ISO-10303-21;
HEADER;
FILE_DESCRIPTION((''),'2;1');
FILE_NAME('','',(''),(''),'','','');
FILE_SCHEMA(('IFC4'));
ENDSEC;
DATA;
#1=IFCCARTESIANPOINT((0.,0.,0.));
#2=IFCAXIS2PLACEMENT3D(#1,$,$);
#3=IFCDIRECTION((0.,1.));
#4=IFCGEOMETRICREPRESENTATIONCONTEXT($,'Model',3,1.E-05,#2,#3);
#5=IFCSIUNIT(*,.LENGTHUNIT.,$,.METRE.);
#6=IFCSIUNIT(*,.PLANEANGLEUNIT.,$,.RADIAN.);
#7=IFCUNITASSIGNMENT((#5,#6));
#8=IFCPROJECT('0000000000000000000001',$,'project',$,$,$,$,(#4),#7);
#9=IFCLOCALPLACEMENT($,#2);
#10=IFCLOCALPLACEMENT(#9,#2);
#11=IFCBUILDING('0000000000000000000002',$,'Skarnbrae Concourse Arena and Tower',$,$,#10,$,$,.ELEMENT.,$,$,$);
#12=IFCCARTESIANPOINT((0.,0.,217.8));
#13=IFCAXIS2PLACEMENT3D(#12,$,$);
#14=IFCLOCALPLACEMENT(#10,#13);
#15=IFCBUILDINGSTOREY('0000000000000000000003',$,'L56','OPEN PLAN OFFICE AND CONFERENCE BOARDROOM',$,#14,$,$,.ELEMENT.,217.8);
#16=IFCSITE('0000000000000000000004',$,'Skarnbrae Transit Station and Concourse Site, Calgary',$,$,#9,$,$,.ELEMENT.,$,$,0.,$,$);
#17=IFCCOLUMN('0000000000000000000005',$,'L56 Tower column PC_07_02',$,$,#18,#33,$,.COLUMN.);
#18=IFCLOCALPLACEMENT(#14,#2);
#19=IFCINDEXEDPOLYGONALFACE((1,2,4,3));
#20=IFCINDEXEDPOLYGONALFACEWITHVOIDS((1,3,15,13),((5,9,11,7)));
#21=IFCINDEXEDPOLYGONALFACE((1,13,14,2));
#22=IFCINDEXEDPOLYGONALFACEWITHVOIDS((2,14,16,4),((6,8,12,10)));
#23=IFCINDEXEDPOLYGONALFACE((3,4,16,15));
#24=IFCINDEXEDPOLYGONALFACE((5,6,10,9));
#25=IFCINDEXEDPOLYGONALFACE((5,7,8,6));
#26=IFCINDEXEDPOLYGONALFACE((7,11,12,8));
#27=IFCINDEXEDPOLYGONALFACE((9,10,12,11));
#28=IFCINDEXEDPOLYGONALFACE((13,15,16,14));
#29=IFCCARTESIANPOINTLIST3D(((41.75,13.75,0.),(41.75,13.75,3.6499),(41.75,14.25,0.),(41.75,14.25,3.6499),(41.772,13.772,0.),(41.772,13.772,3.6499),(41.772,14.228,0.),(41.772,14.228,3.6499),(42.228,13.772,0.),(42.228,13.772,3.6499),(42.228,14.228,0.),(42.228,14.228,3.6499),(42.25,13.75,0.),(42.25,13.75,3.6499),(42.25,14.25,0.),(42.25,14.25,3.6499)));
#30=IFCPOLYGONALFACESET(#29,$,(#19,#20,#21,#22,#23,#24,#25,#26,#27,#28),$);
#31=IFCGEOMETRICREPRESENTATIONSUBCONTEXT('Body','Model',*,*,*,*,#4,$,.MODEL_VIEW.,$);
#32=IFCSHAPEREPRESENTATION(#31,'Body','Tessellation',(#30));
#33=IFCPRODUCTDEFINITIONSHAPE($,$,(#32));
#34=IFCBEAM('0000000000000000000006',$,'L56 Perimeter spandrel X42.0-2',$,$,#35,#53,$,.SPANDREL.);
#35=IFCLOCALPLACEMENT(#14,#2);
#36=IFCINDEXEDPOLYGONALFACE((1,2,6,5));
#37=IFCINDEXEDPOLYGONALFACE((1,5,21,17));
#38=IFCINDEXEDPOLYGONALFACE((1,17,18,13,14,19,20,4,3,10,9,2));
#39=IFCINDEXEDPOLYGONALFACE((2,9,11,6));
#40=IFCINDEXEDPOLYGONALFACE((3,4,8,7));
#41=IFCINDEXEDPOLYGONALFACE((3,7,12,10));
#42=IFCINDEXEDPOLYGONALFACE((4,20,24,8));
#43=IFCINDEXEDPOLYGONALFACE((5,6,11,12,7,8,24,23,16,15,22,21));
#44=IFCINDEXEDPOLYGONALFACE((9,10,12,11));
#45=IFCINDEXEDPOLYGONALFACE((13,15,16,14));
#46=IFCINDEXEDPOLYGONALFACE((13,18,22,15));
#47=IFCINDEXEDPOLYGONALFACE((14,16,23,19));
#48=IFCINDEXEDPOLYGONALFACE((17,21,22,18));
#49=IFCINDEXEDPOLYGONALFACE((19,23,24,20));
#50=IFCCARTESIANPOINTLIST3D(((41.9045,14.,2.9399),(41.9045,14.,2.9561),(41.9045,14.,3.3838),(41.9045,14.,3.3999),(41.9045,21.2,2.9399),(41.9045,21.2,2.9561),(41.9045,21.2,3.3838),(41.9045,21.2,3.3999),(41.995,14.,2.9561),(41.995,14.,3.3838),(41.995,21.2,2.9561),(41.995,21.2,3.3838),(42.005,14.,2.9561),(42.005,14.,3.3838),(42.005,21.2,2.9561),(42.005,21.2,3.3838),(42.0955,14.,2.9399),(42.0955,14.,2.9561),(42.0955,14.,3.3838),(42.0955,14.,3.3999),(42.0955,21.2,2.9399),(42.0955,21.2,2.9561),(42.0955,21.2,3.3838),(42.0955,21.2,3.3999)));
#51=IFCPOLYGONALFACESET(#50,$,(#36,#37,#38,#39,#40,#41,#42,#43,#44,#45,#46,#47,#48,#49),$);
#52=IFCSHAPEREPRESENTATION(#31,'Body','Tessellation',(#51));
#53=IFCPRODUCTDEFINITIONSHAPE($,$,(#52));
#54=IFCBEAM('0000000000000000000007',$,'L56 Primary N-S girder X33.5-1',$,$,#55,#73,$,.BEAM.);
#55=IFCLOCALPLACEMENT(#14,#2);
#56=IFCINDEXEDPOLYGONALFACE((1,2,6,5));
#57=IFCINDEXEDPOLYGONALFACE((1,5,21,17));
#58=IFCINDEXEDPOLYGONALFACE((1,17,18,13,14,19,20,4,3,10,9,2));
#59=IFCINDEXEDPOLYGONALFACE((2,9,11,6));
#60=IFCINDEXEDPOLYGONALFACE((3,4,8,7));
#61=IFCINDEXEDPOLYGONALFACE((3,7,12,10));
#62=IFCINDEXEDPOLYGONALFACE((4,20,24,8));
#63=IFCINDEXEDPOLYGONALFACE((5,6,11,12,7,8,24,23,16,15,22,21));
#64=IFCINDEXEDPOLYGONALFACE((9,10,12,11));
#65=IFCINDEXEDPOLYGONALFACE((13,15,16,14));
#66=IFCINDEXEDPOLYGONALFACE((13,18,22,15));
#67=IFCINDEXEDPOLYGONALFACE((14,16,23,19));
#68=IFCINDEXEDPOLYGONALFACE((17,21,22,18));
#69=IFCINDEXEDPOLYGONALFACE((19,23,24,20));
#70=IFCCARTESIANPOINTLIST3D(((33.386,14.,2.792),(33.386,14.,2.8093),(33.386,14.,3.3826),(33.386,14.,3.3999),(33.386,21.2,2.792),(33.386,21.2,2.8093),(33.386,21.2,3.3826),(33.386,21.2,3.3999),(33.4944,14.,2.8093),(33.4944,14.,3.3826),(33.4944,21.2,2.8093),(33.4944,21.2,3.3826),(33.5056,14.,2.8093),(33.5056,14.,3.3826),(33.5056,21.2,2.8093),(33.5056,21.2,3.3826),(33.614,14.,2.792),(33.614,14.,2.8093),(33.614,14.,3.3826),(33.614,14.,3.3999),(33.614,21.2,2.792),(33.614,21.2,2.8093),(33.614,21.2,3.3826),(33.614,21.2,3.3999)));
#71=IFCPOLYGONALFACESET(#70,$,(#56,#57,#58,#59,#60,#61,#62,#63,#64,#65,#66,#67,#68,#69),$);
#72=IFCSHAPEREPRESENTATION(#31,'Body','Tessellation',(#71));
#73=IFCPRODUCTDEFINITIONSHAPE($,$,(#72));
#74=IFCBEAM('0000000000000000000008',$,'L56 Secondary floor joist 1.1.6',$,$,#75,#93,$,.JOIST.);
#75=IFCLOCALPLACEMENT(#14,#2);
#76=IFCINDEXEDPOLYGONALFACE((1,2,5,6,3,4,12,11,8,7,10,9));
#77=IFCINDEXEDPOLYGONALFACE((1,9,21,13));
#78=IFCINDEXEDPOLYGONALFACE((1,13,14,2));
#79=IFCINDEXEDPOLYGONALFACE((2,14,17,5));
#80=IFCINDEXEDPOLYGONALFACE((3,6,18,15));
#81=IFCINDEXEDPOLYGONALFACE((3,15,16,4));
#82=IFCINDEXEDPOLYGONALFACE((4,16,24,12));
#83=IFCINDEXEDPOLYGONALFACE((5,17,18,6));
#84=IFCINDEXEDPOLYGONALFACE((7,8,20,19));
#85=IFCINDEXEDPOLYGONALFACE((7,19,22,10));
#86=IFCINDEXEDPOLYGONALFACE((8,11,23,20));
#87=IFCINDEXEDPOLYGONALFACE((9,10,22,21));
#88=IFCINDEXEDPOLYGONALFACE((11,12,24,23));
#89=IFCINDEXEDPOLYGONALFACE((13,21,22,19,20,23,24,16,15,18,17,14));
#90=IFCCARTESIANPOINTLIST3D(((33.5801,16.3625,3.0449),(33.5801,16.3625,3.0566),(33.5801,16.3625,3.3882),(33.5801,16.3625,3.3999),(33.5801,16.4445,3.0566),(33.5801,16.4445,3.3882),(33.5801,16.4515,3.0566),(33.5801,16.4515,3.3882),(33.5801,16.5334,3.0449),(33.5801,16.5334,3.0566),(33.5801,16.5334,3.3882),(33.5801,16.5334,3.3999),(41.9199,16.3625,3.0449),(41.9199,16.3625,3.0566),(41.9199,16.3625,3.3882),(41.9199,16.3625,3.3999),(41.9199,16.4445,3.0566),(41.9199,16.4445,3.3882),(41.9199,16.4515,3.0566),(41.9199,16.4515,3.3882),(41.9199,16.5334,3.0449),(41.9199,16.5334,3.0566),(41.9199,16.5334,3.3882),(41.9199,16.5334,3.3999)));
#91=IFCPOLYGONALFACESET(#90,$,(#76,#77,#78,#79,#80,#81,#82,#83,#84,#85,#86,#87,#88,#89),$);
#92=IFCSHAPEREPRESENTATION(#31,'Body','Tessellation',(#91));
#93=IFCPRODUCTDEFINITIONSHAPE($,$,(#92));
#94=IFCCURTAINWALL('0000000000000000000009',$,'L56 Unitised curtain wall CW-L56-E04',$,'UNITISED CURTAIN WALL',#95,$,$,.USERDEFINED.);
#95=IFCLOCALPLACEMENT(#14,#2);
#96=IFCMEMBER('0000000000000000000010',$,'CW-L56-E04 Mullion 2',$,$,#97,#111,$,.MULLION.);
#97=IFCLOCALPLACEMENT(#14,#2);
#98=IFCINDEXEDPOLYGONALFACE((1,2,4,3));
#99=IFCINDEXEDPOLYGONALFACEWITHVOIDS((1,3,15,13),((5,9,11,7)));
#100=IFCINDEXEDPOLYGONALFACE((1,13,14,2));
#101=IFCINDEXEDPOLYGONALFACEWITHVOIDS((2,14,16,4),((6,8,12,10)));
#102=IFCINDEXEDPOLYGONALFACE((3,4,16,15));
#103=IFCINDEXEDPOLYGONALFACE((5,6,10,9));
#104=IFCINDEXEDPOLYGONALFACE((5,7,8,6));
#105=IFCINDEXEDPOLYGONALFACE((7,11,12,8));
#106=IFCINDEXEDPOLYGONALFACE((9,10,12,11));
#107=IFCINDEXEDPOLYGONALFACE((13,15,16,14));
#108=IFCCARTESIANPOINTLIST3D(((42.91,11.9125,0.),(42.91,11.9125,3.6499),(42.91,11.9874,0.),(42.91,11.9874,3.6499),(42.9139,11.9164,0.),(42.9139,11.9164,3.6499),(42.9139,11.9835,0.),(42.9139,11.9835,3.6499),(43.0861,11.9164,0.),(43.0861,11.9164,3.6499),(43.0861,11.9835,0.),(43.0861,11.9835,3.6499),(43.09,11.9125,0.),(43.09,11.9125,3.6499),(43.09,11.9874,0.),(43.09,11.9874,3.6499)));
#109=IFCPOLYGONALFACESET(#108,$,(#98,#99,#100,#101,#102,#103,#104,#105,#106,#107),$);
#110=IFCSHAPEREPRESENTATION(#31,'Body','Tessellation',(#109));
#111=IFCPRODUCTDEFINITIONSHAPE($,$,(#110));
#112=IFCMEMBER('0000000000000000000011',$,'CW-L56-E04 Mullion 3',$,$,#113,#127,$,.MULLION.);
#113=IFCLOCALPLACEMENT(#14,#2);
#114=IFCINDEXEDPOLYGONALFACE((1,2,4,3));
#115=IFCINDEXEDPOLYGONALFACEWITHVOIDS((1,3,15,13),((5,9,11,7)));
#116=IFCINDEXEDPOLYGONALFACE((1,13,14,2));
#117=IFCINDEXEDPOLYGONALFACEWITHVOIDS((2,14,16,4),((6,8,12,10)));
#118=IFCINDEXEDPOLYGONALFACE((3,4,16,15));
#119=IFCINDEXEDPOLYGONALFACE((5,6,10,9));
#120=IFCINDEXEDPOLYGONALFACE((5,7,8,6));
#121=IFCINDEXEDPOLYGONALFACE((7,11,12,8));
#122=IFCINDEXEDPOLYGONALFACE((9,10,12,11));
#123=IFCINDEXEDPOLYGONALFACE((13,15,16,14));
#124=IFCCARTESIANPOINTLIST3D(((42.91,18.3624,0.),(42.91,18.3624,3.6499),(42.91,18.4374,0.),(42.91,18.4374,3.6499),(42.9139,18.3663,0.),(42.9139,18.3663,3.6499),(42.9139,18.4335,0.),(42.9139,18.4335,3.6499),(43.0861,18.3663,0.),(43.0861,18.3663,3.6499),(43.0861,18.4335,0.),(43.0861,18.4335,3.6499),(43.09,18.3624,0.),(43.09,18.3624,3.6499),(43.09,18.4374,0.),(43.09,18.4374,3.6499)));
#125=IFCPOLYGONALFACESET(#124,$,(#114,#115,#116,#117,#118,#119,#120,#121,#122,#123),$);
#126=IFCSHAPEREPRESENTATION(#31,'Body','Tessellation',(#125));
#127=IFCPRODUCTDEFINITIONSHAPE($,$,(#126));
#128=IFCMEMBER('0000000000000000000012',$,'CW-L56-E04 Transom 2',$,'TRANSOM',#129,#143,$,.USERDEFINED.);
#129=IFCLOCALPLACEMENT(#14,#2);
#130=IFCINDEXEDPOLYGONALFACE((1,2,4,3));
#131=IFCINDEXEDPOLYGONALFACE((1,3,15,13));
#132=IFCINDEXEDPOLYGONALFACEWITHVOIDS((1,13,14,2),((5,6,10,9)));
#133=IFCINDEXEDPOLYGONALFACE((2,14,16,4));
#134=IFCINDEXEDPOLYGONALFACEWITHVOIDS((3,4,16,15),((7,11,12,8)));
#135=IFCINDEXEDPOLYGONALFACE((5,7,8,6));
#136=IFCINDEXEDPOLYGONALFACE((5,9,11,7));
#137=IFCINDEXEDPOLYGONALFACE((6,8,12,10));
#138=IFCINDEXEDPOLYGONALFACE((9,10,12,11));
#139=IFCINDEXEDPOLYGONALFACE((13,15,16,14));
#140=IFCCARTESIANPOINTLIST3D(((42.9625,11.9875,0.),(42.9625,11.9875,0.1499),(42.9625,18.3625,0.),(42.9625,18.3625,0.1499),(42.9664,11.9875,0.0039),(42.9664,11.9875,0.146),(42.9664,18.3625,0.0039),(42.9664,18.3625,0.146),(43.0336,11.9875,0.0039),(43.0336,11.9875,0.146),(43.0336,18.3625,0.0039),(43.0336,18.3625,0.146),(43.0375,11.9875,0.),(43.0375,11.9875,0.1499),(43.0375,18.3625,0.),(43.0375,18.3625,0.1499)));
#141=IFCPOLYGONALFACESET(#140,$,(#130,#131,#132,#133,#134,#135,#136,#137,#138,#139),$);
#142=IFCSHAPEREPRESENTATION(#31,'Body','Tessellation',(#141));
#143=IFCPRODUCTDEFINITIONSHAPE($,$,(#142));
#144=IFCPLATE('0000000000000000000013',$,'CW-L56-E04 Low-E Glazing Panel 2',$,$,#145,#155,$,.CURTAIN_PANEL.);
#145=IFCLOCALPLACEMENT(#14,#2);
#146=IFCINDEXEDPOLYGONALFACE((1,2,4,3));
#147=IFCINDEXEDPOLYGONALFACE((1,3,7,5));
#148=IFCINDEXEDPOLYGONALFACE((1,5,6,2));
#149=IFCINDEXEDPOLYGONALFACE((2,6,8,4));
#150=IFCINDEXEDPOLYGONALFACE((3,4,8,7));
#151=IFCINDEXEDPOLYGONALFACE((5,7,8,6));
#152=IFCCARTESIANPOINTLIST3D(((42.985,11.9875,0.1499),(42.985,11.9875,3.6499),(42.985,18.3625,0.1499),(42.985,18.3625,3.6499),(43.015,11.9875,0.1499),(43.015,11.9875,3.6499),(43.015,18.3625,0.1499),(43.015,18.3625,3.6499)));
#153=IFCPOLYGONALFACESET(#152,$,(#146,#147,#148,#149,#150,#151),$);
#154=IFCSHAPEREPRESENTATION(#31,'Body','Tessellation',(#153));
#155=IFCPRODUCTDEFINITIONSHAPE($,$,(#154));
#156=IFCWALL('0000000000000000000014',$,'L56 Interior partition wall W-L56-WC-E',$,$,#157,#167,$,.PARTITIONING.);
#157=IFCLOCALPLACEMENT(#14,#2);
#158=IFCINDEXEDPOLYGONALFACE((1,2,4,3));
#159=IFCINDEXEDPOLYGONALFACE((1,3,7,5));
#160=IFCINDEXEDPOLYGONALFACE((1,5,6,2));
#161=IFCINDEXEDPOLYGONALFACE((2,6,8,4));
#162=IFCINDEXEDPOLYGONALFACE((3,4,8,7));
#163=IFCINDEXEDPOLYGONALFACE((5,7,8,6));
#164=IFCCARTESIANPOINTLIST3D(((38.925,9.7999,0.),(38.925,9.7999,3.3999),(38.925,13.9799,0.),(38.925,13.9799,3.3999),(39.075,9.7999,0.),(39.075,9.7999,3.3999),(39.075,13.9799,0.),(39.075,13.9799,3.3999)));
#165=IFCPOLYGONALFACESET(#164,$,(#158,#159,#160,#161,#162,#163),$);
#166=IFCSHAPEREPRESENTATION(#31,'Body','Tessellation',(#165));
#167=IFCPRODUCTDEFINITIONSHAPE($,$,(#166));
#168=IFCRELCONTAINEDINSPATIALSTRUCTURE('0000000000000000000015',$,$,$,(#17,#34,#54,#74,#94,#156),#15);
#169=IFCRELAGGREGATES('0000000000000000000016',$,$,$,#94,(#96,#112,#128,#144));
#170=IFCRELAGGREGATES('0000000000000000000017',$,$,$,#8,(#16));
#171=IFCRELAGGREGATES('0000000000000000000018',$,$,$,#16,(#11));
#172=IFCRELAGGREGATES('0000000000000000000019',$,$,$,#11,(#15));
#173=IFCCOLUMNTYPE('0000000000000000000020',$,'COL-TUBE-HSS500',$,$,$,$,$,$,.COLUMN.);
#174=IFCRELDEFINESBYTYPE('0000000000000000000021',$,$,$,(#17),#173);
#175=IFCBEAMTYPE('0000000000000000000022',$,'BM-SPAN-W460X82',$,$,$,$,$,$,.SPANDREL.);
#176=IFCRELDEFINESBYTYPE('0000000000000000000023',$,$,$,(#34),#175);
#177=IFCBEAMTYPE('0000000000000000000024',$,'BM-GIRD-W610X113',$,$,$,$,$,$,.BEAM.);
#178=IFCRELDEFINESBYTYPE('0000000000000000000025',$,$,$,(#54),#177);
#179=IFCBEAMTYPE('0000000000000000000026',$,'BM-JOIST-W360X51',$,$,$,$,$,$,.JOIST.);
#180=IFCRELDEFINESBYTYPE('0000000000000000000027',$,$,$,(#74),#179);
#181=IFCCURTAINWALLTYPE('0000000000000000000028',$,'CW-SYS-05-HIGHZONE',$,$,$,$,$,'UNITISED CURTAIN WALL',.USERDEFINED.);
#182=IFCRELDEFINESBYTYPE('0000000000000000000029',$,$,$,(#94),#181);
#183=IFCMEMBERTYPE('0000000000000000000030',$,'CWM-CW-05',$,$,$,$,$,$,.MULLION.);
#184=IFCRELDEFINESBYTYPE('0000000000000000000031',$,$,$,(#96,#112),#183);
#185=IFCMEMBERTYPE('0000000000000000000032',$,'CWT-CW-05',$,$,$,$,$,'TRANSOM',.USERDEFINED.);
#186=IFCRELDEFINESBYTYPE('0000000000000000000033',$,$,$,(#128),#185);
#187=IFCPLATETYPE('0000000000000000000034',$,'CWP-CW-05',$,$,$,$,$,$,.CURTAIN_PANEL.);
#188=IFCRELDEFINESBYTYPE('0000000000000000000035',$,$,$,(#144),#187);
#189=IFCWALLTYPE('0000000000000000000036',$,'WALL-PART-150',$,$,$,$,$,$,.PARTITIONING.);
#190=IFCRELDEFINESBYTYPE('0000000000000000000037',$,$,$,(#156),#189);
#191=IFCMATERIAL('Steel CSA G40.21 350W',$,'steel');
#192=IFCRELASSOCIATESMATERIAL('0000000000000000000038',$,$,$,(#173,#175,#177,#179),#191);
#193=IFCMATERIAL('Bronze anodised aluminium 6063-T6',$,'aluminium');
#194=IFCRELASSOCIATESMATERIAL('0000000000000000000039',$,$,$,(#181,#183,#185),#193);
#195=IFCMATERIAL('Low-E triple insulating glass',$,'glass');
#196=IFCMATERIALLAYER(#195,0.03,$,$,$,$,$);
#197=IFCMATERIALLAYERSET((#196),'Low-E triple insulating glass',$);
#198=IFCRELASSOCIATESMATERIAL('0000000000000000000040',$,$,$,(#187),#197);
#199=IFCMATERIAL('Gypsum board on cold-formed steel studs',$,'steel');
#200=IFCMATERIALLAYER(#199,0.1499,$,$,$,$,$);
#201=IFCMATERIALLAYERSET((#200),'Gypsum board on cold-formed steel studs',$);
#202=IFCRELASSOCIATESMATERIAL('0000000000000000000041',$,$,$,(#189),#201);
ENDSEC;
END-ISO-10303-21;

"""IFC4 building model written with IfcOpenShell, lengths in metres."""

from ifc_helpers import new_model, si_unit, direction, frame, frame_2d, origin, origin_2d, place, context, subcontext, project, spatial, rectangle, hollow_rectangle, i_section, extrude, source, transform, mapped, material, layer, layer_set, material_profile, profile_set, type_object, element, aggregate, save


model = new_model("IFC4")

# Units and contexts
model_context = context("Model", 3, precision=1e-05, world=origin(), true_north=direction((0.0, 1.0)))
body_context = subcontext(model_context, "Body", "Model", "MODEL_VIEW")
ifc_project = project(units=[si_unit("LENGTHUNIT", "METRE"), si_unit("PLANEANGLEUNIT", "RADIAN")], contexts=[model_context])

# Site, building, storey
site_placement = place(None, origin())
site = spatial("IfcSite", under=ifc_project, at=site_placement, Name="Skarnbrae Transit Station and Concourse Site, Calgary", CompositionType="ELEMENT", RefElevation=0.0)
building_placement = place(site_placement, origin())
building = spatial("IfcBuilding", under=site, at=building_placement, Name="Skarnbrae Concourse Arena and Tower", CompositionType="ELEMENT")
storey_placement = place(building_placement, frame((0.0, 0.0, 217.8)))
storey = spatial("IfcBuildingStorey", under=building, at=storey_placement, Name="L56", Description="OPEN PLAN OFFICE AND CONFERENCE BOARDROOM", CompositionType="ELEMENT", Elevation=217.8)

# Column
ifc_material_1 = material(Name="Steel CSA G40.21 350W", Category="steel")
ifc_material_profile_1 = material_profile(ifc_material_1, hollow_rectangle(XDim=0.5, YDim=0.5, WallThickness=0.022, at=origin_2d()), Name="HSS500X500X22.0")
ifc_profile_set_1 = profile_set([ifc_material_profile_1], Name="Steel CSA G40.21 350W")
column_type = type_object("IfcColumnType", Name="COL-TUBE-HSS500", PredefinedType="COLUMN", material=ifc_profile_set_1)
shared_shape_1 = source(origin(), body_context, "Body", "SweptSolid", [
    extrude(hollow_rectangle(XDim=0.5, YDim=0.5, WallThickness=0.022, at=origin_2d()), origin(), (0.0, 0.0, 1.0), 3.6499),
])
column_placement = place(storey_placement, frame((42.0, 14.0, 0.0), z_axis=(0.0, 0.0, 1.0), x_axis=(1.0, 0.0, 0.0)))
element("IfcColumn", 1, at=column_placement, inside=storey, type_object=column_type, Name="L56 Tower column PC_07_02", PredefinedType="COLUMN", context=body_context, shape_type="MappedRepresentation", body=[
    mapped(shared_shape_1, transform((0.0, 0.0, 0.0))),
])

# Beams
ifc_material_profile_2 = material_profile(ifc_material_1, i_section(OverallWidth=0.1909, OverallDepth=0.46, WebThickness=0.01, FlangeThickness=0.0161, at=origin_2d()), Name="W460X82")
ifc_profile_set_2 = profile_set([ifc_material_profile_2], Name="Steel CSA G40.21 350W")
beam_type_1 = type_object("IfcBeamType", Name="BM-SPAN-W460X82", PredefinedType="SPANDREL", material=ifc_profile_set_2)
shared_shape_2 = source(origin(), body_context, "Body", "SweptSolid", [
    extrude(i_section(OverallWidth=0.1909, OverallDepth=0.46, WebThickness=0.01, FlangeThickness=0.0161, at=origin_2d()), origin(), (0.0, 0.0, 1.0), 7.2),
])
beam_1_placement = place(storey_placement, frame((42.0, 14.0, 3.1699), z_axis=(0.0, 1.0, 0.0), x_axis=(-1.0, 0.0, 0.0)))
element("IfcBeam", 2, at=beam_1_placement, inside=storey, type_object=beam_type_1, Name="L56 Perimeter spandrel X42.0-2", PredefinedType="SPANDREL", context=body_context, shape_type="MappedRepresentation", body=[
    mapped(shared_shape_2, transform((0.0, 0.0, 0.0))),
])
ifc_material_profile_3 = material_profile(ifc_material_1, i_section(OverallWidth=0.228, OverallDepth=0.6079, WebThickness=0.0112, FlangeThickness=0.0173, at=origin_2d()), Name="W610X113")
ifc_profile_set_3 = profile_set([ifc_material_profile_3], Name="Steel CSA G40.21 350W")
beam_type_2 = type_object("IfcBeamType", Name="BM-GIRD-W610X113", PredefinedType="BEAM", material=ifc_profile_set_3)
shared_shape_3 = source(origin(), body_context, "Body", "SweptSolid", [
    extrude(i_section(OverallWidth=0.228, OverallDepth=0.6079, WebThickness=0.0112, FlangeThickness=0.0173, at=origin_2d()), origin(), (0.0, 0.0, 1.0), 7.2),
])
beam_2_placement = place(storey_placement, frame((33.5, 14.0, 3.0959), z_axis=(0.0, 1.0, 0.0), x_axis=(-1.0, 0.0, 0.0)))
element("IfcBeam", 3, at=beam_2_placement, inside=storey, type_object=beam_type_2, Name="L56 Primary N-S girder X33.5-1", PredefinedType="BEAM", context=body_context, shape_type="MappedRepresentation", body=[
    mapped(shared_shape_3, transform((0.0, 0.0, 0.0))),
])
ifc_material_profile_4 = material_profile(ifc_material_1, i_section(OverallWidth=0.1709, OverallDepth=0.355, WebThickness=0.0071, FlangeThickness=0.0117, at=origin_2d()), Name="W360X51")
ifc_profile_set_4 = profile_set([ifc_material_profile_4], Name="Steel CSA G40.21 350W")
beam_type_3 = type_object("IfcBeamType", Name="BM-JOIST-W360X51", PredefinedType="JOIST", material=ifc_profile_set_4)
shared_shape_4 = source(origin(), body_context, "Body", "SweptSolid", [
    extrude(i_section(OverallWidth=0.1709, OverallDepth=0.355, WebThickness=0.0071, FlangeThickness=0.0117, at=origin_2d()), origin(), (0.0, 0.0, 1.0), 8.3398),
])
beam_3_placement = place(storey_placement, frame((33.5801, 16.448, 3.2224), z_axis=(1.0, 0.0, 0.0), x_axis=(0.0, 1.0, 0.0)))
element("IfcBeam", 4, at=beam_3_placement, inside=storey, type_object=beam_type_3, Name="L56 Secondary floor joist 1.1.6", PredefinedType="JOIST", context=body_context, shape_type="MappedRepresentation", body=[
    mapped(shared_shape_4, transform((0.0, 0.0, 0.0))),
])

# Curtain wall, members, plate
ifc_material_2 = material(Name="Bronze anodised aluminium 6063-T6", Category="aluminium")
curtain_wall_type = type_object("IfcCurtainWallType", Name="CW-SYS-05-HIGHZONE", ElementType="UNITISED CURTAIN WALL", PredefinedType="USERDEFINED", material=ifc_material_2)
curtain_wall_placement = place(storey_placement, origin())
curtain_wall = element("IfcCurtainWall", 5, at=curtain_wall_placement, inside=storey, type_object=curtain_wall_type, Name="L56 Unitised curtain wall CW-L56-E04", ObjectType="UNITISED CURTAIN WALL", PredefinedType="USERDEFINED")
ifc_material_profile_5 = material_profile(ifc_material_2, hollow_rectangle(XDim=0.075, YDim=0.1799, WallThickness=0.0039, at=origin_2d()), Name="ALU-MULL-75X180")
ifc_profile_set_5 = profile_set([ifc_material_profile_5], Name="Bronze anodised aluminium 6063-T6")
member_type_1 = type_object("IfcMemberType", Name="CWM-CW-05", PredefinedType="MULLION", material=ifc_profile_set_5)
shared_shape_5 = source(origin(), body_context, "Body", "SweptSolid", [
    extrude(hollow_rectangle(XDim=0.075, YDim=0.1799, WallThickness=0.0039, at=origin_2d()), origin(), (0.0, 0.0, 1.0), 3.6499),
])
member_1_placement = place(storey_placement, frame((43.0, 11.95, 0.0), z_axis=(0.0, 0.0, 1.0), x_axis=(0.0, 1.0, 0.0)))
member_1 = element("IfcMember", 6, at=member_1_placement, type_object=member_type_1, Name="CW-L56-E04 Mullion 2", PredefinedType="MULLION", context=body_context, shape_type="MappedRepresentation", body=[
    mapped(shared_shape_5, transform((0.0, 0.0, 0.0))),
])
member_2_placement = place(storey_placement, frame((43.0, 18.3999, 0.0), z_axis=(0.0, 0.0, 1.0), x_axis=(0.0, 1.0, 0.0)))
member_2 = element("IfcMember", 7, at=member_2_placement, type_object=member_type_1, Name="CW-L56-E04 Mullion 3", PredefinedType="MULLION", context=body_context, shape_type="MappedRepresentation", body=[
    mapped(shared_shape_5, transform((0.0, 0.0, 0.0))),
])
ifc_material_profile_6 = material_profile(ifc_material_2, hollow_rectangle(XDim=0.075, YDim=0.1499, WallThickness=0.0039, at=origin_2d()), Name="ALU-TRAN-75X150")
ifc_profile_set_6 = profile_set([ifc_material_profile_6], Name="Bronze anodised aluminium 6063-T6")
member_type_2 = type_object("IfcMemberType", Name="CWT-CW-05", ElementType="TRANSOM", PredefinedType="USERDEFINED", material=ifc_profile_set_6)
shared_shape_6 = source(origin(), body_context, "Body", "SweptSolid", [
    extrude(hollow_rectangle(XDim=0.075, YDim=0.1499, WallThickness=0.0039, at=origin_2d()), origin(), (0.0, 0.0, 1.0), 6.375),
])
member_3_placement = place(storey_placement, frame((43.0, 11.9875, 0.075), z_axis=(0.0, 1.0, 0.0), x_axis=(-1.0, 0.0, 0.0)))
member_3 = element("IfcMember", 8, at=member_3_placement, type_object=member_type_2, Name="CW-L56-E04 Transom 2", ObjectType="TRANSOM", PredefinedType="USERDEFINED", context=body_context, shape_type="MappedRepresentation", body=[
    mapped(shared_shape_6, transform((0.0, 0.0, 0.0))),
])
ifc_material_3 = material(Name="Low-E triple insulating glass", Category="glass")
ifc_layer_1 = layer(ifc_material_3, 0.03)
ifc_layer_set_1 = layer_set([ifc_layer_1], Name="Low-E triple insulating glass")
plate_type = type_object("IfcPlateType", Name="CWP-CW-05", PredefinedType="CURTAIN_PANEL", material=ifc_layer_set_1)
shared_shape_7 = source(origin(), body_context, "Body", "SweptSolid", [
    extrude(rectangle(XDim=6.375, YDim=0.03, at=origin_2d()), origin(), (0.0, 0.0, 1.0), 3.5),
])
plate_placement = place(storey_placement, frame((43.0, 15.175, 0.1499), z_axis=(0.0, 0.0, 1.0), x_axis=(0.0, 1.0, 0.0)))
plate = element("IfcPlate", 9, at=plate_placement, type_object=plate_type, Name="CW-L56-E04 Low-E Glazing Panel 2", PredefinedType="CURTAIN_PANEL", context=body_context, shape_type="MappedRepresentation", body=[
    mapped(shared_shape_7, transform((0.0, 0.0, 0.0))),
])
aggregate(curtain_wall, [member_1, member_2, member_3, plate])

# Wall
ifc_material_4 = material(Name="Gypsum board on cold-formed steel studs", Category="steel")
ifc_layer_2 = layer(ifc_material_4, 0.1499)
ifc_layer_set_2 = layer_set([ifc_layer_2], Name="Gypsum board on cold-formed steel studs")
wall_type_1 = type_object("IfcWallType", Name="WALL-PART-150", PredefinedType="PARTITIONING", material=ifc_layer_set_2)
shared_shape_8 = source(origin(), body_context, "Body", "SweptSolid", [
    extrude(rectangle(XDim=4.1799, YDim=0.1499, at=frame_2d((2.0898, 0.0))), origin(), (0.0, 0.0, 1.0), 3.3999),
])
for number, where, z_axis, x_axis, name in (
    (10, (39.0, 9.8, 0.0), (0.0, 0.0, 1.0), (0.0, 1.0, 0.0), "L56 Interior partition wall W-L56-WC-E"),
):
    element("IfcWall", number, at=place(storey_placement, frame(where, z_axis=z_axis, x_axis=x_axis)), inside=storey, type_object=wall_type_1, Name=name, PredefinedType="PARTITIONING", context=body_context, shape_type="MappedRepresentation", body=[
        mapped(shared_shape_8, transform((0.0, 0.0, 0.0))),
    ])

save(model, "model.ifc")
